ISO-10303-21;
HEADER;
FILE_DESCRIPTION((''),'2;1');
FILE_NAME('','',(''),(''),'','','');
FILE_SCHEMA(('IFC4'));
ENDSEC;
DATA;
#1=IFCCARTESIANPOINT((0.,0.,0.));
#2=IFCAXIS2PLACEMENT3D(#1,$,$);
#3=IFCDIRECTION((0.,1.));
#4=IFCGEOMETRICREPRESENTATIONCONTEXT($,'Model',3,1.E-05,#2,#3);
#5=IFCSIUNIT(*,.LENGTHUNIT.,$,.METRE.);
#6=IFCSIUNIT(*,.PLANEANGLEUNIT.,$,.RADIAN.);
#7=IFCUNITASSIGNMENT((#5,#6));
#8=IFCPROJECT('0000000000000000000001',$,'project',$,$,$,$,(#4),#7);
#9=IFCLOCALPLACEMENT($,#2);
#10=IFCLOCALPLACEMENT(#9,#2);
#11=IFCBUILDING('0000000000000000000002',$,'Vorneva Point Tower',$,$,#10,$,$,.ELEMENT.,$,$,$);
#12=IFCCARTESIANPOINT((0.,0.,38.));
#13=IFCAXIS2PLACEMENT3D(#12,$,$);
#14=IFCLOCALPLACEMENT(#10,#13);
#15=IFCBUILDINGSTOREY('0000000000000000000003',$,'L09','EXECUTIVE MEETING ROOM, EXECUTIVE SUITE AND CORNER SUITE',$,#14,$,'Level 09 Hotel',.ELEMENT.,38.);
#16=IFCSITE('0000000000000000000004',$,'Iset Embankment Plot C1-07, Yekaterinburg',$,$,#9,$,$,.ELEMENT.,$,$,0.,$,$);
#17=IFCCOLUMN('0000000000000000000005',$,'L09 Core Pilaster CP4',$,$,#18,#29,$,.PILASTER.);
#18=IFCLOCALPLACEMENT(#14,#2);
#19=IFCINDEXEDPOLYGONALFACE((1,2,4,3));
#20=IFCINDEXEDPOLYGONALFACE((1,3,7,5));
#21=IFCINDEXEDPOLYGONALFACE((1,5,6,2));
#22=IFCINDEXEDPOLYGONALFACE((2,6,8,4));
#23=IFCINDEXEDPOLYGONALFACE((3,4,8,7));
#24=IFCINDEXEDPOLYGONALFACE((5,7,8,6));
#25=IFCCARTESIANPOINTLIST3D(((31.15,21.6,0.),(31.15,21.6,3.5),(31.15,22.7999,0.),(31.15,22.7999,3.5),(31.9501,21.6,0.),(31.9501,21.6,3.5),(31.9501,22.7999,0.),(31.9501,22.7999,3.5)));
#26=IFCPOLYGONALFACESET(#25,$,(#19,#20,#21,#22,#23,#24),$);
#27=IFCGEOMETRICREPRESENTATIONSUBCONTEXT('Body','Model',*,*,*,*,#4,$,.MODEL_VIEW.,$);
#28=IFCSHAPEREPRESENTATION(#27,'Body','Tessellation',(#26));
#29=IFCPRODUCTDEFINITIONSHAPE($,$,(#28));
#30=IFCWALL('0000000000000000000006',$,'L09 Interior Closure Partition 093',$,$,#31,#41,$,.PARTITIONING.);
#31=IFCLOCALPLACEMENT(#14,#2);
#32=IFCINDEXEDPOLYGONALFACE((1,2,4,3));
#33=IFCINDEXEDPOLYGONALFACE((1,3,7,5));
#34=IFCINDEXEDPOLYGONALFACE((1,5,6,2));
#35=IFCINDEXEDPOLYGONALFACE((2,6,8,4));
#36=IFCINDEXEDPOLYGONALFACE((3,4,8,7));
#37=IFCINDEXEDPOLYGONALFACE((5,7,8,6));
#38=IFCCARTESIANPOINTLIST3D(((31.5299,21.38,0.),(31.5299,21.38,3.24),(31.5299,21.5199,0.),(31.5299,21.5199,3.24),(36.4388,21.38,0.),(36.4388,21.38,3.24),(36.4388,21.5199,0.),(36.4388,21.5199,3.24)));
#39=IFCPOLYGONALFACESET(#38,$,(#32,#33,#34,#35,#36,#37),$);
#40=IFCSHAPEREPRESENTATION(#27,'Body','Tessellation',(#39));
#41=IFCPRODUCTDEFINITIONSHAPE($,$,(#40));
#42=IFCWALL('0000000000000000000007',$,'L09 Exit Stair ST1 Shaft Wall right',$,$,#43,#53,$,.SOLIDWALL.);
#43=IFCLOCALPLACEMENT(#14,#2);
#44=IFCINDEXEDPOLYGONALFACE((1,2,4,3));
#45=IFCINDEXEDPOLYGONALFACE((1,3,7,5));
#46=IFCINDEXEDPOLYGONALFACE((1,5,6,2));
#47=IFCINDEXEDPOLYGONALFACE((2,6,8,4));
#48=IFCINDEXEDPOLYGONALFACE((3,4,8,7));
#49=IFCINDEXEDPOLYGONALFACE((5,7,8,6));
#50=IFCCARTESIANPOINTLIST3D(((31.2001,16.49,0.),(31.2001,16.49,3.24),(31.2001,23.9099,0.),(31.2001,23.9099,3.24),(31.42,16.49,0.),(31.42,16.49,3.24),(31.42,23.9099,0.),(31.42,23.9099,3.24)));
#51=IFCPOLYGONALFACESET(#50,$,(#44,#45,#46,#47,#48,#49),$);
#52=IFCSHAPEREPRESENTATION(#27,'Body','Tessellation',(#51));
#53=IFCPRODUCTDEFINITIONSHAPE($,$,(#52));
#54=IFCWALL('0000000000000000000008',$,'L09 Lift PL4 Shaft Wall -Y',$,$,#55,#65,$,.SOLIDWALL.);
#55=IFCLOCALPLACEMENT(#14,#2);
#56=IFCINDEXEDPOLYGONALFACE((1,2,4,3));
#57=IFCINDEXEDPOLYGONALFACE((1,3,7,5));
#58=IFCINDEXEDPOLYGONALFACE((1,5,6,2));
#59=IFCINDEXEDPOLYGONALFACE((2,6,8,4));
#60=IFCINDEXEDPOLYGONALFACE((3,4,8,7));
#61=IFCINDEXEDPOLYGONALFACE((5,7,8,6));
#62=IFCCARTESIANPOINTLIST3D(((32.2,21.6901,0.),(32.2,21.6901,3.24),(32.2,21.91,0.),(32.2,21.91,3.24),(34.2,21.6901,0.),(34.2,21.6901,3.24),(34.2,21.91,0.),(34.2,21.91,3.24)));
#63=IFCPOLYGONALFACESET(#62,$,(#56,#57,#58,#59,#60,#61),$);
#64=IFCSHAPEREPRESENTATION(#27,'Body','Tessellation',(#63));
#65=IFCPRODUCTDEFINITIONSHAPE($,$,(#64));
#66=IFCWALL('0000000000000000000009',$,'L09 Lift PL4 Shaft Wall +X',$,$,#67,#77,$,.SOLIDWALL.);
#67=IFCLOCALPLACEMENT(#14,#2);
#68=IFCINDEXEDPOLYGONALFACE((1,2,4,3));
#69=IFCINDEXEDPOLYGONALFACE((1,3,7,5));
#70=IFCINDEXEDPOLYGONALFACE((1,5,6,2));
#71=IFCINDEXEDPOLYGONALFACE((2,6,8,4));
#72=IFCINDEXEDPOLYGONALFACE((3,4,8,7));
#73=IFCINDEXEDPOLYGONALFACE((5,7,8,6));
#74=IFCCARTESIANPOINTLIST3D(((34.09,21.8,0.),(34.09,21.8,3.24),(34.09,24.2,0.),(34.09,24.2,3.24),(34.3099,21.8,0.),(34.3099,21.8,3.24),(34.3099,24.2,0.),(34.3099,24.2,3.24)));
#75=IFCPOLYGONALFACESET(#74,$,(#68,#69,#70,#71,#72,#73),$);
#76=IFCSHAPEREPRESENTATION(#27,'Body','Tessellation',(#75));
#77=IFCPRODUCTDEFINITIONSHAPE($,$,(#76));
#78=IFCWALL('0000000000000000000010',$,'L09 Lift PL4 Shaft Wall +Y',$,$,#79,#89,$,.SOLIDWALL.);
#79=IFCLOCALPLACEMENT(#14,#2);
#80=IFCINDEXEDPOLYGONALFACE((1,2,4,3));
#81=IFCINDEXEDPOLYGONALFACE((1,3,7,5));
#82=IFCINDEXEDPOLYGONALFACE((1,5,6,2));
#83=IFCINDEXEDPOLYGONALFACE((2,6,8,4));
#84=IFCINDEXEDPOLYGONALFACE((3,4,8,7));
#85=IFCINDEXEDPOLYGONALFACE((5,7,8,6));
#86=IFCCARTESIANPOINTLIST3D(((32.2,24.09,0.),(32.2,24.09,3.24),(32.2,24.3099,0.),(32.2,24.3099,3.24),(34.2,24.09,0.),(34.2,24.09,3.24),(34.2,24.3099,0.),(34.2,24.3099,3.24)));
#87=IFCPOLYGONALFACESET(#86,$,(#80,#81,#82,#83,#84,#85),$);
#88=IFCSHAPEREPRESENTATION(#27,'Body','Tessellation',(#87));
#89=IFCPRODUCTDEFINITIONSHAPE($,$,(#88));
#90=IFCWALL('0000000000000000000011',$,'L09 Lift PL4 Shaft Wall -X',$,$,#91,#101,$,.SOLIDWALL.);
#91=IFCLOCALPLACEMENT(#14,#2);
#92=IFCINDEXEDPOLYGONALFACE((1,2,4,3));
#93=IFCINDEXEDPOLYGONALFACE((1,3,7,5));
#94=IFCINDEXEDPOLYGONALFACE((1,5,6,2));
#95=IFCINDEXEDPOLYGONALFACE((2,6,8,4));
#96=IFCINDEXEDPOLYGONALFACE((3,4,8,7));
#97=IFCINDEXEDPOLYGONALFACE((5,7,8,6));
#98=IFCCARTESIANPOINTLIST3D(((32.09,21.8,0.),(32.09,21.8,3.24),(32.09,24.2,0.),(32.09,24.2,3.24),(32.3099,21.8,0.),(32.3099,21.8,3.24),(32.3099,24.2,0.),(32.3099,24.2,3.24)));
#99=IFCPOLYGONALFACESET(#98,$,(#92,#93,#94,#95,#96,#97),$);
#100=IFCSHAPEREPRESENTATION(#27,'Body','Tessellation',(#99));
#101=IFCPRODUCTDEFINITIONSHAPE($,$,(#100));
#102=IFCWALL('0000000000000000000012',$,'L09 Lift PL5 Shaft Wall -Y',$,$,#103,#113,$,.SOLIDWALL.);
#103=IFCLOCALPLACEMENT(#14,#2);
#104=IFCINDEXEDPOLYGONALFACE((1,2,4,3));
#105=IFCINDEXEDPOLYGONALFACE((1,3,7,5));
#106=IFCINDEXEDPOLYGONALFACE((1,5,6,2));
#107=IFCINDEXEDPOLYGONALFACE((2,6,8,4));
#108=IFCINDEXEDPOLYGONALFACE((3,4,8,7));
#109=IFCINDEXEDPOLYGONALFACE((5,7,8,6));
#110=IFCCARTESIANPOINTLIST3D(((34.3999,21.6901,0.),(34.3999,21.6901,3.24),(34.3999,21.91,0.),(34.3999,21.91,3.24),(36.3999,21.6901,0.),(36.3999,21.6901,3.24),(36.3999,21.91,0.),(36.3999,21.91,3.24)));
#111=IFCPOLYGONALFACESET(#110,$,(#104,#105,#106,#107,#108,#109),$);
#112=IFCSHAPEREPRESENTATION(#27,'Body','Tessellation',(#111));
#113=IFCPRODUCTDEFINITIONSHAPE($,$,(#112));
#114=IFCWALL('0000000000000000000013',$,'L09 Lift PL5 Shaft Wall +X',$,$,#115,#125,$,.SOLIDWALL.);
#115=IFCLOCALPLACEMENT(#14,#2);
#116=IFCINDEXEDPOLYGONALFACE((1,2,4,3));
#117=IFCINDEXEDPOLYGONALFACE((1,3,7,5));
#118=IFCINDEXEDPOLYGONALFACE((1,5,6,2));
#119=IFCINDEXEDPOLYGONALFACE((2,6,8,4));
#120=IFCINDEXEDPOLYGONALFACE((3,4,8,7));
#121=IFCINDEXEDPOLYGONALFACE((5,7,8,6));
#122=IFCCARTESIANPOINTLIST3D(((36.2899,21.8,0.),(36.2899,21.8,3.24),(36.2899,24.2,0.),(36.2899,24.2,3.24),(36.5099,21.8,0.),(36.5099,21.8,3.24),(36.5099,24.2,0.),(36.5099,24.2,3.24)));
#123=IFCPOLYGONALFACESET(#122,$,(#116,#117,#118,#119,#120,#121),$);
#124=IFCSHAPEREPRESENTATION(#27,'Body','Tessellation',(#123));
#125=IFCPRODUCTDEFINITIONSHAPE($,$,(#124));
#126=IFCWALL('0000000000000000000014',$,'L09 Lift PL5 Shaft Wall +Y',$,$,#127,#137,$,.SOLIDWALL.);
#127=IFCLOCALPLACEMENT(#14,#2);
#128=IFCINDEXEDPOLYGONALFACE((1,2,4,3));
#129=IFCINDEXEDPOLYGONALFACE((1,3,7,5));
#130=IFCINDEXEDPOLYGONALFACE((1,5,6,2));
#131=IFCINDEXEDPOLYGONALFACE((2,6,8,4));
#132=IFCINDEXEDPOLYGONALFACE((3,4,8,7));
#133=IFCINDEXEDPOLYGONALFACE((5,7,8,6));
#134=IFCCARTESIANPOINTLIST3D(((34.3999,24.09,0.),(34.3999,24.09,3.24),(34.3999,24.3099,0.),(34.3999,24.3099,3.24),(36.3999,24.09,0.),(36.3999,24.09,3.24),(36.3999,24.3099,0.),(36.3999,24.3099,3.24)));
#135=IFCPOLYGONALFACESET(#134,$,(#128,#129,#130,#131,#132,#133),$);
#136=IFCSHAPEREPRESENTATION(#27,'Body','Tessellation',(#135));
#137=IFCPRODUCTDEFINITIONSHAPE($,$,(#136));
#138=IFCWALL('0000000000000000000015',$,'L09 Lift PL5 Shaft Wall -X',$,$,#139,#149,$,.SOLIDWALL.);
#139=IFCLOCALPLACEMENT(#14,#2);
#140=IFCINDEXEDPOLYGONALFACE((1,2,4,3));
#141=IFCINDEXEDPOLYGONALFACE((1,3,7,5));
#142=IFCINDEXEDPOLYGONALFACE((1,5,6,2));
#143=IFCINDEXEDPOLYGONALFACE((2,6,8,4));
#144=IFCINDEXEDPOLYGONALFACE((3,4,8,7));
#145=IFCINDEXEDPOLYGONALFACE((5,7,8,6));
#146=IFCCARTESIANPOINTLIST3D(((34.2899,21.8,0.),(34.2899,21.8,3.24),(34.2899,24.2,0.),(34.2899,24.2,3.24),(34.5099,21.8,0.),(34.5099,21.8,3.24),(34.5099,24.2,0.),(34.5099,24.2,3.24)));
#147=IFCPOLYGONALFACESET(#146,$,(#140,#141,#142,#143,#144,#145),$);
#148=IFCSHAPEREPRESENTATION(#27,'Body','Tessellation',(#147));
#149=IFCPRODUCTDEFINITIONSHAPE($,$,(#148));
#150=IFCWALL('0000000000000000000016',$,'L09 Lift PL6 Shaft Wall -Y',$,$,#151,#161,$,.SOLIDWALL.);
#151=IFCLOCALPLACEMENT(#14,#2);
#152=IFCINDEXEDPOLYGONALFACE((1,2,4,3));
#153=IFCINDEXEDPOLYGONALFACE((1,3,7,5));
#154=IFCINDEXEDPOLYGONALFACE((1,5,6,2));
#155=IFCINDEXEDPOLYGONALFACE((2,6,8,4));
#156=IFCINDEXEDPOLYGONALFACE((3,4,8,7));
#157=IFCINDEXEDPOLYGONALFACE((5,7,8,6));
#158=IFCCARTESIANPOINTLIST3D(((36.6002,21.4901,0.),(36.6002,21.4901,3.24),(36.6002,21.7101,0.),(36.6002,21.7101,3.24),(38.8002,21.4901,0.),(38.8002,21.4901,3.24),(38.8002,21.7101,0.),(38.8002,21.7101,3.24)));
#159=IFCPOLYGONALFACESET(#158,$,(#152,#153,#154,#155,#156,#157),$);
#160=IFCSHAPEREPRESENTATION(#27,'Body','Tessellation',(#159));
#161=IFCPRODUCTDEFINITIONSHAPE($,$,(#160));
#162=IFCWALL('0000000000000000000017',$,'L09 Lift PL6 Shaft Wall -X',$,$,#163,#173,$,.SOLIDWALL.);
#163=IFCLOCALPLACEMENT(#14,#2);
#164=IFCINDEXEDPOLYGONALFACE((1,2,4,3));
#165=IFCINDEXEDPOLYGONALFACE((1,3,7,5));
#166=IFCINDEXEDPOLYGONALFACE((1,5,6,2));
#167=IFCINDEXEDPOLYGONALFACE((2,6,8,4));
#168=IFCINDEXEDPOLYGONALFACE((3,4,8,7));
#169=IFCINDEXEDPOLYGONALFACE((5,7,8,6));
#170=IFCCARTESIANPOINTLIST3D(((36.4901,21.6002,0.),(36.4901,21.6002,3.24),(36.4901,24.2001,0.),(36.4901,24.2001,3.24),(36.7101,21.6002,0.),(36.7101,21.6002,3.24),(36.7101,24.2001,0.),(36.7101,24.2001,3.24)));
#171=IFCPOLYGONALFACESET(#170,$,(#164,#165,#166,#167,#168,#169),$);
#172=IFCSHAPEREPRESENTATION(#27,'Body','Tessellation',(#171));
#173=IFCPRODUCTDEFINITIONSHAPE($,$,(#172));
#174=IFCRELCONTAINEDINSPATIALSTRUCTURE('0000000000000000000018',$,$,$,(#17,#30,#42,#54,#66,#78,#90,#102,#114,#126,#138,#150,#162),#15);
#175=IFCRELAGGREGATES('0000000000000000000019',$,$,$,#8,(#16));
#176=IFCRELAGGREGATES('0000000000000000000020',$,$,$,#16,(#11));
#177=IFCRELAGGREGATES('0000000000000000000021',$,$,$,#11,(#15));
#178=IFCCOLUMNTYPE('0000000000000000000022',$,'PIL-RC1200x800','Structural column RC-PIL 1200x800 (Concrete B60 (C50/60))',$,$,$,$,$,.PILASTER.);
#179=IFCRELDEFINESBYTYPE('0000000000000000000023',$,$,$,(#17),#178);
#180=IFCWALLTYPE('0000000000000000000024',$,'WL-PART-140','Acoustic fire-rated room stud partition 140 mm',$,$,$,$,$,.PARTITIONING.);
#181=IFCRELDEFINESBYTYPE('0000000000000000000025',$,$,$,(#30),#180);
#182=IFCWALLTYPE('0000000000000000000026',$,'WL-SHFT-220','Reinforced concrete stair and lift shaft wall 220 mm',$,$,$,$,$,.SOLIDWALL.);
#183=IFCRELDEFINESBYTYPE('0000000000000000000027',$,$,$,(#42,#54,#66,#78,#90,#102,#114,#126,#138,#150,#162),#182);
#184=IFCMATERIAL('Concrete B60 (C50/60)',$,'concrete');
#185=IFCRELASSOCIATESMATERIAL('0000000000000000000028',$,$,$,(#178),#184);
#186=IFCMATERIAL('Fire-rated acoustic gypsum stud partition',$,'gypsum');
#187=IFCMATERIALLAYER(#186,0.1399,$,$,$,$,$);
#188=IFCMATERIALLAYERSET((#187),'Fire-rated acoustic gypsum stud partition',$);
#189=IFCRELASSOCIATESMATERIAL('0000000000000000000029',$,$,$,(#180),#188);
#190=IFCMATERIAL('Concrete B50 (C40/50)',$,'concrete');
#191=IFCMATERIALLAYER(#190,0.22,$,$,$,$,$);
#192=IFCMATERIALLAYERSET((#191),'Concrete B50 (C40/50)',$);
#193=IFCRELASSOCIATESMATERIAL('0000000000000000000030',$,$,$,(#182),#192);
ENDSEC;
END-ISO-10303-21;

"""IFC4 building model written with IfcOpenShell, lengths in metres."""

from ifc_helpers import new_model, si_unit, direction, frame, frame_2d, origin, origin_2d, place, context, subcontext, project, spatial, rectangle, extrude, material, layer, layer_set, material_profile, profile_set, type_object, element, save


model = new_model("IFC4")

# Units and contexts
model_context = context("Model", 3, precision=1e-05, world=origin(), true_north=direction((0.0, 1.0)))
body_context = subcontext(model_context, "Body", "Model", "MODEL_VIEW")
ifc_project = project(units=[si_unit("LENGTHUNIT", "METRE"), si_unit("PLANEANGLEUNIT", "RADIAN")], contexts=[model_context])

# Site, building, storey
site_placement = place(None, origin())
site = spatial("IfcSite", under=ifc_project, at=site_placement, Name="Iset Embankment Plot C1-07, Yekaterinburg", CompositionType="ELEMENT", RefElevation=0.0)
building_placement = place(site_placement, origin())
building = spatial("IfcBuilding", under=site, at=building_placement, Name="Vorneva Point Tower", CompositionType="ELEMENT")
storey_placement = place(building_placement, frame((0.0, 0.0, 38.0)))
storey = spatial("IfcBuildingStorey", under=building, at=storey_placement, Name="L09", Description="EXECUTIVE MEETING ROOM, EXECUTIVE SUITE AND CORNER SUITE", LongName="Level 09 Hotel", CompositionType="ELEMENT", Elevation=38.0)

# Column
ifc_material_1 = material(Name="Concrete B60 (C50/60)", Category="concrete")
ifc_material_profile = material_profile(ifc_material_1, rectangle(XDim=0.8, YDim=1.2, at=origin_2d()), Name="RC-PIL 1200x800")
ifc_profile_set = profile_set([ifc_material_profile], Name="Concrete B60 (C50/60)")
column_type = type_object("IfcColumnType", Name="PIL-RC1200x800", Description="Structural column RC-PIL 1200x800 (Concrete B60 (C50/60))", PredefinedType="PILASTER", material=ifc_profile_set)
column_placement = place(storey_placement, frame((31.55, 22.2, 0.0), z_axis=(0.0, 0.0, 1.0), x_axis=(1.0, 0.0, 0.0)))
element("IfcColumn", 1, at=column_placement, inside=storey, type_object=column_type, Name="L09 Core Pilaster CP4", PredefinedType="PILASTER", context=body_context, shape_type="SweptSolid", body=[
    extrude(rectangle(XDim=0.8, YDim=1.2, at=origin_2d()), origin(), (0.0, 0.0, 1.0), 3.5),
])

# Wall
ifc_material_2 = material(Name="Fire-rated acoustic gypsum stud partition", Category="gypsum")
ifc_layer_1 = layer(ifc_material_2, 0.1399)
ifc_layer_set_1 = layer_set([ifc_layer_1], Name="Fire-rated acoustic gypsum stud partition")
wall_type_1 = type_object("IfcWallType", Name="WL-PART-140", Description="Acoustic fire-rated room stud partition 140 mm", PredefinedType="PARTITIONING", material=ifc_layer_set_1)
wall_1_placement = place(storey_placement, frame((36.439, 21.45, 0.0), z_axis=(0.0, 0.0, 1.0), x_axis=(-1.0, 0.0, 0.0)))
element("IfcWall", 2, at=wall_1_placement, inside=storey, type_object=wall_type_1, Name="L09 Interior Closure Partition 093", PredefinedType="PARTITIONING", context=body_context, shape_type="SweptSolid", body=[
    extrude(rectangle(XDim=4.9089, YDim=0.1399, at=frame_2d((2.4546, 0.0))), origin(), (0.0, 0.0, 1.0), 3.24),
])

# Shared definitions
ifc_material_3 = material(Name="Concrete B50 (C40/50)", Category="concrete")
ifc_layer_2 = layer(ifc_material_3, 0.22)
ifc_layer_set_2 = layer_set([ifc_layer_2], Name="Concrete B50 (C40/50)")
wall_type_2 = type_object("IfcWallType", Name="WL-SHFT-220", Description="Reinforced concrete stair and lift shaft wall 220 mm", PredefinedType="SOLIDWALL", material=ifc_layer_set_2)

# Walls
wall_2_placement = place(storey_placement, frame((31.3101, 23.9099, 0.0), z_axis=(0.0, 0.0, 1.0), x_axis=(0.0, -1.0, 0.0)))
element("IfcWall", 3, at=wall_2_placement, inside=storey, type_object=wall_type_2, Name="L09 Exit Stair ST1 Shaft Wall right", PredefinedType="SOLIDWALL", context=body_context, shape_type="SweptSolid", body=[
    extrude(rectangle(XDim=7.4199, YDim=0.22, at=frame_2d((3.71, 0.0))), origin(), (0.0, 0.0, 1.0), 3.24),
])
wall_3_placement = place(storey_placement, frame((32.2, 21.8, 0.0), z_axis=(0.0, 0.0, 1.0), x_axis=(1.0, 0.0, 0.0)))
element("IfcWall", 4, at=wall_3_placement, inside=storey, type_object=wall_type_2, Name="L09 Lift PL4 Shaft Wall -Y", PredefinedType="SOLIDWALL", context=body_context, shape_type="SweptSolid", body=[
    extrude(rectangle(XDim=2.0, YDim=0.22, at=frame_2d((1.0, 0.0))), origin(), (0.0, 0.0, 1.0), 3.24),
])
wall_4_placement = place(storey_placement, frame((34.2, 21.8, 0.0), z_axis=(0.0, 0.0, 1.0), x_axis=(0.0, 1.0, 0.0)))
element("IfcWall", 5, at=wall_4_placement, inside=storey, type_object=wall_type_2, Name="L09 Lift PL4 Shaft Wall +X", PredefinedType="SOLIDWALL", context=body_context, shape_type="SweptSolid", body=[
    extrude(rectangle(XDim=2.3999, YDim=0.22, at=frame_2d((1.2, 0.0))), origin(), (0.0, 0.0, 1.0), 3.24),
])
wall_5_placement = place(storey_placement, frame((34.2, 24.2, 0.0), z_axis=(0.0, 0.0, 1.0), x_axis=(-1.0, 0.0, 0.0)))
element("IfcWall", 6, at=wall_5_placement, inside=storey, type_object=wall_type_2, Name="L09 Lift PL4 Shaft Wall +Y", PredefinedType="SOLIDWALL", context=body_context, shape_type="SweptSolid", body=[
    extrude(rectangle(XDim=2.0, YDim=0.22, at=frame_2d((1.0, 0.0))), origin(), (0.0, 0.0, 1.0), 3.24),
])
wall_6_placement = place(storey_placement, frame((32.2, 24.2, 0.0), z_axis=(0.0, 0.0, 1.0), x_axis=(0.0, -1.0, 0.0)))
element("IfcWall", 7, at=wall_6_placement, inside=storey, type_object=wall_type_2, Name="L09 Lift PL4 Shaft Wall -X", PredefinedType="SOLIDWALL", context=body_context, shape_type="SweptSolid", body=[
    extrude(rectangle(XDim=2.3999, YDim=0.22, at=frame_2d((1.2, 0.0))), origin(), (0.0, 0.0, 1.0), 3.24),
])
wall_7_placement = place(storey_placement, frame((34.3999, 21.8, 0.0), z_axis=(0.0, 0.0, 1.0), x_axis=(1.0, 0.0, 0.0)))
element("IfcWall", 8, at=wall_7_placement, inside=storey, type_object=wall_type_2, Name="L09 Lift PL5 Shaft Wall -Y", PredefinedType="SOLIDWALL", context=body_context, shape_type="SweptSolid", body=[
    extrude(rectangle(XDim=2.0, YDim=0.22, at=frame_2d((1.0, 0.0))), origin(), (0.0, 0.0, 1.0), 3.24),
])
wall_8_placement = place(storey_placement, frame((36.3999, 21.8, 0.0), z_axis=(0.0, 0.0, 1.0), x_axis=(0.0, 1.0, 0.0)))
element("IfcWall", 9, at=wall_8_placement, inside=storey, type_object=wall_type_2, Name="L09 Lift PL5 Shaft Wall +X", PredefinedType="SOLIDWALL", context=body_context, shape_type="SweptSolid", body=[
    extrude(rectangle(XDim=2.3999, YDim=0.22, at=frame_2d((1.2, 0.0))), origin(), (0.0, 0.0, 1.0), 3.24),
])
wall_9_placement = place(storey_placement, frame((36.3999, 24.2, 0.0), z_axis=(0.0, 0.0, 1.0), x_axis=(-1.0, 0.0, 0.0)))
element("IfcWall", 10, at=wall_9_placement, inside=storey, type_object=wall_type_2, Name="L09 Lift PL5 Shaft Wall +Y", PredefinedType="SOLIDWALL", context=body_context, shape_type="SweptSolid", body=[
    extrude(rectangle(XDim=2.0, YDim=0.22, at=frame_2d((1.0, 0.0))), origin(), (0.0, 0.0, 1.0), 3.24),
])
wall_10_placement = place(storey_placement, frame((34.3999, 24.2, 0.0), z_axis=(0.0, 0.0, 1.0), x_axis=(0.0, -1.0, 0.0)))
element("IfcWall", 11, at=wall_10_placement, inside=storey, type_object=wall_type_2, Name="L09 Lift PL5 Shaft Wall -X", PredefinedType="SOLIDWALL", context=body_context, shape_type="SweptSolid", body=[
    extrude(rectangle(XDim=2.3999, YDim=0.22, at=frame_2d((1.2, 0.0))), origin(), (0.0, 0.0, 1.0), 3.24),
])
wall_11_placement = place(storey_placement, frame((36.6001, 21.6001, 0.0), z_axis=(0.0, 0.0, 1.0), x_axis=(1.0, 0.0, 0.0)))
element("IfcWall", 12, at=wall_11_placement, inside=storey, type_object=wall_type_2, Name="L09 Lift PL6 Shaft Wall -Y", PredefinedType="SOLIDWALL", context=body_context, shape_type="SweptSolid", body=[
    extrude(rectangle(XDim=2.2, YDim=0.22, at=frame_2d((1.1001, 0.0))), origin(), (0.0, 0.0, 1.0), 3.24),
])
wall_12_placement = place(storey_placement, frame((36.6001, 24.2, 0.0), z_axis=(0.0, 0.0, 1.0), x_axis=(0.0, -1.0, 0.0)))
element("IfcWall", 13, at=wall_12_placement, inside=storey, type_object=wall_type_2, Name="L09 Lift PL6 Shaft Wall -X", PredefinedType="SOLIDWALL", context=body_context, shape_type="SweptSolid", body=[
    extrude(rectangle(XDim=2.5999, YDim=0.22, at=frame_2d((1.2998, 0.0))), origin(), (0.0, 0.0, 1.0), 3.24),
])

save(model, "model.ifc")
